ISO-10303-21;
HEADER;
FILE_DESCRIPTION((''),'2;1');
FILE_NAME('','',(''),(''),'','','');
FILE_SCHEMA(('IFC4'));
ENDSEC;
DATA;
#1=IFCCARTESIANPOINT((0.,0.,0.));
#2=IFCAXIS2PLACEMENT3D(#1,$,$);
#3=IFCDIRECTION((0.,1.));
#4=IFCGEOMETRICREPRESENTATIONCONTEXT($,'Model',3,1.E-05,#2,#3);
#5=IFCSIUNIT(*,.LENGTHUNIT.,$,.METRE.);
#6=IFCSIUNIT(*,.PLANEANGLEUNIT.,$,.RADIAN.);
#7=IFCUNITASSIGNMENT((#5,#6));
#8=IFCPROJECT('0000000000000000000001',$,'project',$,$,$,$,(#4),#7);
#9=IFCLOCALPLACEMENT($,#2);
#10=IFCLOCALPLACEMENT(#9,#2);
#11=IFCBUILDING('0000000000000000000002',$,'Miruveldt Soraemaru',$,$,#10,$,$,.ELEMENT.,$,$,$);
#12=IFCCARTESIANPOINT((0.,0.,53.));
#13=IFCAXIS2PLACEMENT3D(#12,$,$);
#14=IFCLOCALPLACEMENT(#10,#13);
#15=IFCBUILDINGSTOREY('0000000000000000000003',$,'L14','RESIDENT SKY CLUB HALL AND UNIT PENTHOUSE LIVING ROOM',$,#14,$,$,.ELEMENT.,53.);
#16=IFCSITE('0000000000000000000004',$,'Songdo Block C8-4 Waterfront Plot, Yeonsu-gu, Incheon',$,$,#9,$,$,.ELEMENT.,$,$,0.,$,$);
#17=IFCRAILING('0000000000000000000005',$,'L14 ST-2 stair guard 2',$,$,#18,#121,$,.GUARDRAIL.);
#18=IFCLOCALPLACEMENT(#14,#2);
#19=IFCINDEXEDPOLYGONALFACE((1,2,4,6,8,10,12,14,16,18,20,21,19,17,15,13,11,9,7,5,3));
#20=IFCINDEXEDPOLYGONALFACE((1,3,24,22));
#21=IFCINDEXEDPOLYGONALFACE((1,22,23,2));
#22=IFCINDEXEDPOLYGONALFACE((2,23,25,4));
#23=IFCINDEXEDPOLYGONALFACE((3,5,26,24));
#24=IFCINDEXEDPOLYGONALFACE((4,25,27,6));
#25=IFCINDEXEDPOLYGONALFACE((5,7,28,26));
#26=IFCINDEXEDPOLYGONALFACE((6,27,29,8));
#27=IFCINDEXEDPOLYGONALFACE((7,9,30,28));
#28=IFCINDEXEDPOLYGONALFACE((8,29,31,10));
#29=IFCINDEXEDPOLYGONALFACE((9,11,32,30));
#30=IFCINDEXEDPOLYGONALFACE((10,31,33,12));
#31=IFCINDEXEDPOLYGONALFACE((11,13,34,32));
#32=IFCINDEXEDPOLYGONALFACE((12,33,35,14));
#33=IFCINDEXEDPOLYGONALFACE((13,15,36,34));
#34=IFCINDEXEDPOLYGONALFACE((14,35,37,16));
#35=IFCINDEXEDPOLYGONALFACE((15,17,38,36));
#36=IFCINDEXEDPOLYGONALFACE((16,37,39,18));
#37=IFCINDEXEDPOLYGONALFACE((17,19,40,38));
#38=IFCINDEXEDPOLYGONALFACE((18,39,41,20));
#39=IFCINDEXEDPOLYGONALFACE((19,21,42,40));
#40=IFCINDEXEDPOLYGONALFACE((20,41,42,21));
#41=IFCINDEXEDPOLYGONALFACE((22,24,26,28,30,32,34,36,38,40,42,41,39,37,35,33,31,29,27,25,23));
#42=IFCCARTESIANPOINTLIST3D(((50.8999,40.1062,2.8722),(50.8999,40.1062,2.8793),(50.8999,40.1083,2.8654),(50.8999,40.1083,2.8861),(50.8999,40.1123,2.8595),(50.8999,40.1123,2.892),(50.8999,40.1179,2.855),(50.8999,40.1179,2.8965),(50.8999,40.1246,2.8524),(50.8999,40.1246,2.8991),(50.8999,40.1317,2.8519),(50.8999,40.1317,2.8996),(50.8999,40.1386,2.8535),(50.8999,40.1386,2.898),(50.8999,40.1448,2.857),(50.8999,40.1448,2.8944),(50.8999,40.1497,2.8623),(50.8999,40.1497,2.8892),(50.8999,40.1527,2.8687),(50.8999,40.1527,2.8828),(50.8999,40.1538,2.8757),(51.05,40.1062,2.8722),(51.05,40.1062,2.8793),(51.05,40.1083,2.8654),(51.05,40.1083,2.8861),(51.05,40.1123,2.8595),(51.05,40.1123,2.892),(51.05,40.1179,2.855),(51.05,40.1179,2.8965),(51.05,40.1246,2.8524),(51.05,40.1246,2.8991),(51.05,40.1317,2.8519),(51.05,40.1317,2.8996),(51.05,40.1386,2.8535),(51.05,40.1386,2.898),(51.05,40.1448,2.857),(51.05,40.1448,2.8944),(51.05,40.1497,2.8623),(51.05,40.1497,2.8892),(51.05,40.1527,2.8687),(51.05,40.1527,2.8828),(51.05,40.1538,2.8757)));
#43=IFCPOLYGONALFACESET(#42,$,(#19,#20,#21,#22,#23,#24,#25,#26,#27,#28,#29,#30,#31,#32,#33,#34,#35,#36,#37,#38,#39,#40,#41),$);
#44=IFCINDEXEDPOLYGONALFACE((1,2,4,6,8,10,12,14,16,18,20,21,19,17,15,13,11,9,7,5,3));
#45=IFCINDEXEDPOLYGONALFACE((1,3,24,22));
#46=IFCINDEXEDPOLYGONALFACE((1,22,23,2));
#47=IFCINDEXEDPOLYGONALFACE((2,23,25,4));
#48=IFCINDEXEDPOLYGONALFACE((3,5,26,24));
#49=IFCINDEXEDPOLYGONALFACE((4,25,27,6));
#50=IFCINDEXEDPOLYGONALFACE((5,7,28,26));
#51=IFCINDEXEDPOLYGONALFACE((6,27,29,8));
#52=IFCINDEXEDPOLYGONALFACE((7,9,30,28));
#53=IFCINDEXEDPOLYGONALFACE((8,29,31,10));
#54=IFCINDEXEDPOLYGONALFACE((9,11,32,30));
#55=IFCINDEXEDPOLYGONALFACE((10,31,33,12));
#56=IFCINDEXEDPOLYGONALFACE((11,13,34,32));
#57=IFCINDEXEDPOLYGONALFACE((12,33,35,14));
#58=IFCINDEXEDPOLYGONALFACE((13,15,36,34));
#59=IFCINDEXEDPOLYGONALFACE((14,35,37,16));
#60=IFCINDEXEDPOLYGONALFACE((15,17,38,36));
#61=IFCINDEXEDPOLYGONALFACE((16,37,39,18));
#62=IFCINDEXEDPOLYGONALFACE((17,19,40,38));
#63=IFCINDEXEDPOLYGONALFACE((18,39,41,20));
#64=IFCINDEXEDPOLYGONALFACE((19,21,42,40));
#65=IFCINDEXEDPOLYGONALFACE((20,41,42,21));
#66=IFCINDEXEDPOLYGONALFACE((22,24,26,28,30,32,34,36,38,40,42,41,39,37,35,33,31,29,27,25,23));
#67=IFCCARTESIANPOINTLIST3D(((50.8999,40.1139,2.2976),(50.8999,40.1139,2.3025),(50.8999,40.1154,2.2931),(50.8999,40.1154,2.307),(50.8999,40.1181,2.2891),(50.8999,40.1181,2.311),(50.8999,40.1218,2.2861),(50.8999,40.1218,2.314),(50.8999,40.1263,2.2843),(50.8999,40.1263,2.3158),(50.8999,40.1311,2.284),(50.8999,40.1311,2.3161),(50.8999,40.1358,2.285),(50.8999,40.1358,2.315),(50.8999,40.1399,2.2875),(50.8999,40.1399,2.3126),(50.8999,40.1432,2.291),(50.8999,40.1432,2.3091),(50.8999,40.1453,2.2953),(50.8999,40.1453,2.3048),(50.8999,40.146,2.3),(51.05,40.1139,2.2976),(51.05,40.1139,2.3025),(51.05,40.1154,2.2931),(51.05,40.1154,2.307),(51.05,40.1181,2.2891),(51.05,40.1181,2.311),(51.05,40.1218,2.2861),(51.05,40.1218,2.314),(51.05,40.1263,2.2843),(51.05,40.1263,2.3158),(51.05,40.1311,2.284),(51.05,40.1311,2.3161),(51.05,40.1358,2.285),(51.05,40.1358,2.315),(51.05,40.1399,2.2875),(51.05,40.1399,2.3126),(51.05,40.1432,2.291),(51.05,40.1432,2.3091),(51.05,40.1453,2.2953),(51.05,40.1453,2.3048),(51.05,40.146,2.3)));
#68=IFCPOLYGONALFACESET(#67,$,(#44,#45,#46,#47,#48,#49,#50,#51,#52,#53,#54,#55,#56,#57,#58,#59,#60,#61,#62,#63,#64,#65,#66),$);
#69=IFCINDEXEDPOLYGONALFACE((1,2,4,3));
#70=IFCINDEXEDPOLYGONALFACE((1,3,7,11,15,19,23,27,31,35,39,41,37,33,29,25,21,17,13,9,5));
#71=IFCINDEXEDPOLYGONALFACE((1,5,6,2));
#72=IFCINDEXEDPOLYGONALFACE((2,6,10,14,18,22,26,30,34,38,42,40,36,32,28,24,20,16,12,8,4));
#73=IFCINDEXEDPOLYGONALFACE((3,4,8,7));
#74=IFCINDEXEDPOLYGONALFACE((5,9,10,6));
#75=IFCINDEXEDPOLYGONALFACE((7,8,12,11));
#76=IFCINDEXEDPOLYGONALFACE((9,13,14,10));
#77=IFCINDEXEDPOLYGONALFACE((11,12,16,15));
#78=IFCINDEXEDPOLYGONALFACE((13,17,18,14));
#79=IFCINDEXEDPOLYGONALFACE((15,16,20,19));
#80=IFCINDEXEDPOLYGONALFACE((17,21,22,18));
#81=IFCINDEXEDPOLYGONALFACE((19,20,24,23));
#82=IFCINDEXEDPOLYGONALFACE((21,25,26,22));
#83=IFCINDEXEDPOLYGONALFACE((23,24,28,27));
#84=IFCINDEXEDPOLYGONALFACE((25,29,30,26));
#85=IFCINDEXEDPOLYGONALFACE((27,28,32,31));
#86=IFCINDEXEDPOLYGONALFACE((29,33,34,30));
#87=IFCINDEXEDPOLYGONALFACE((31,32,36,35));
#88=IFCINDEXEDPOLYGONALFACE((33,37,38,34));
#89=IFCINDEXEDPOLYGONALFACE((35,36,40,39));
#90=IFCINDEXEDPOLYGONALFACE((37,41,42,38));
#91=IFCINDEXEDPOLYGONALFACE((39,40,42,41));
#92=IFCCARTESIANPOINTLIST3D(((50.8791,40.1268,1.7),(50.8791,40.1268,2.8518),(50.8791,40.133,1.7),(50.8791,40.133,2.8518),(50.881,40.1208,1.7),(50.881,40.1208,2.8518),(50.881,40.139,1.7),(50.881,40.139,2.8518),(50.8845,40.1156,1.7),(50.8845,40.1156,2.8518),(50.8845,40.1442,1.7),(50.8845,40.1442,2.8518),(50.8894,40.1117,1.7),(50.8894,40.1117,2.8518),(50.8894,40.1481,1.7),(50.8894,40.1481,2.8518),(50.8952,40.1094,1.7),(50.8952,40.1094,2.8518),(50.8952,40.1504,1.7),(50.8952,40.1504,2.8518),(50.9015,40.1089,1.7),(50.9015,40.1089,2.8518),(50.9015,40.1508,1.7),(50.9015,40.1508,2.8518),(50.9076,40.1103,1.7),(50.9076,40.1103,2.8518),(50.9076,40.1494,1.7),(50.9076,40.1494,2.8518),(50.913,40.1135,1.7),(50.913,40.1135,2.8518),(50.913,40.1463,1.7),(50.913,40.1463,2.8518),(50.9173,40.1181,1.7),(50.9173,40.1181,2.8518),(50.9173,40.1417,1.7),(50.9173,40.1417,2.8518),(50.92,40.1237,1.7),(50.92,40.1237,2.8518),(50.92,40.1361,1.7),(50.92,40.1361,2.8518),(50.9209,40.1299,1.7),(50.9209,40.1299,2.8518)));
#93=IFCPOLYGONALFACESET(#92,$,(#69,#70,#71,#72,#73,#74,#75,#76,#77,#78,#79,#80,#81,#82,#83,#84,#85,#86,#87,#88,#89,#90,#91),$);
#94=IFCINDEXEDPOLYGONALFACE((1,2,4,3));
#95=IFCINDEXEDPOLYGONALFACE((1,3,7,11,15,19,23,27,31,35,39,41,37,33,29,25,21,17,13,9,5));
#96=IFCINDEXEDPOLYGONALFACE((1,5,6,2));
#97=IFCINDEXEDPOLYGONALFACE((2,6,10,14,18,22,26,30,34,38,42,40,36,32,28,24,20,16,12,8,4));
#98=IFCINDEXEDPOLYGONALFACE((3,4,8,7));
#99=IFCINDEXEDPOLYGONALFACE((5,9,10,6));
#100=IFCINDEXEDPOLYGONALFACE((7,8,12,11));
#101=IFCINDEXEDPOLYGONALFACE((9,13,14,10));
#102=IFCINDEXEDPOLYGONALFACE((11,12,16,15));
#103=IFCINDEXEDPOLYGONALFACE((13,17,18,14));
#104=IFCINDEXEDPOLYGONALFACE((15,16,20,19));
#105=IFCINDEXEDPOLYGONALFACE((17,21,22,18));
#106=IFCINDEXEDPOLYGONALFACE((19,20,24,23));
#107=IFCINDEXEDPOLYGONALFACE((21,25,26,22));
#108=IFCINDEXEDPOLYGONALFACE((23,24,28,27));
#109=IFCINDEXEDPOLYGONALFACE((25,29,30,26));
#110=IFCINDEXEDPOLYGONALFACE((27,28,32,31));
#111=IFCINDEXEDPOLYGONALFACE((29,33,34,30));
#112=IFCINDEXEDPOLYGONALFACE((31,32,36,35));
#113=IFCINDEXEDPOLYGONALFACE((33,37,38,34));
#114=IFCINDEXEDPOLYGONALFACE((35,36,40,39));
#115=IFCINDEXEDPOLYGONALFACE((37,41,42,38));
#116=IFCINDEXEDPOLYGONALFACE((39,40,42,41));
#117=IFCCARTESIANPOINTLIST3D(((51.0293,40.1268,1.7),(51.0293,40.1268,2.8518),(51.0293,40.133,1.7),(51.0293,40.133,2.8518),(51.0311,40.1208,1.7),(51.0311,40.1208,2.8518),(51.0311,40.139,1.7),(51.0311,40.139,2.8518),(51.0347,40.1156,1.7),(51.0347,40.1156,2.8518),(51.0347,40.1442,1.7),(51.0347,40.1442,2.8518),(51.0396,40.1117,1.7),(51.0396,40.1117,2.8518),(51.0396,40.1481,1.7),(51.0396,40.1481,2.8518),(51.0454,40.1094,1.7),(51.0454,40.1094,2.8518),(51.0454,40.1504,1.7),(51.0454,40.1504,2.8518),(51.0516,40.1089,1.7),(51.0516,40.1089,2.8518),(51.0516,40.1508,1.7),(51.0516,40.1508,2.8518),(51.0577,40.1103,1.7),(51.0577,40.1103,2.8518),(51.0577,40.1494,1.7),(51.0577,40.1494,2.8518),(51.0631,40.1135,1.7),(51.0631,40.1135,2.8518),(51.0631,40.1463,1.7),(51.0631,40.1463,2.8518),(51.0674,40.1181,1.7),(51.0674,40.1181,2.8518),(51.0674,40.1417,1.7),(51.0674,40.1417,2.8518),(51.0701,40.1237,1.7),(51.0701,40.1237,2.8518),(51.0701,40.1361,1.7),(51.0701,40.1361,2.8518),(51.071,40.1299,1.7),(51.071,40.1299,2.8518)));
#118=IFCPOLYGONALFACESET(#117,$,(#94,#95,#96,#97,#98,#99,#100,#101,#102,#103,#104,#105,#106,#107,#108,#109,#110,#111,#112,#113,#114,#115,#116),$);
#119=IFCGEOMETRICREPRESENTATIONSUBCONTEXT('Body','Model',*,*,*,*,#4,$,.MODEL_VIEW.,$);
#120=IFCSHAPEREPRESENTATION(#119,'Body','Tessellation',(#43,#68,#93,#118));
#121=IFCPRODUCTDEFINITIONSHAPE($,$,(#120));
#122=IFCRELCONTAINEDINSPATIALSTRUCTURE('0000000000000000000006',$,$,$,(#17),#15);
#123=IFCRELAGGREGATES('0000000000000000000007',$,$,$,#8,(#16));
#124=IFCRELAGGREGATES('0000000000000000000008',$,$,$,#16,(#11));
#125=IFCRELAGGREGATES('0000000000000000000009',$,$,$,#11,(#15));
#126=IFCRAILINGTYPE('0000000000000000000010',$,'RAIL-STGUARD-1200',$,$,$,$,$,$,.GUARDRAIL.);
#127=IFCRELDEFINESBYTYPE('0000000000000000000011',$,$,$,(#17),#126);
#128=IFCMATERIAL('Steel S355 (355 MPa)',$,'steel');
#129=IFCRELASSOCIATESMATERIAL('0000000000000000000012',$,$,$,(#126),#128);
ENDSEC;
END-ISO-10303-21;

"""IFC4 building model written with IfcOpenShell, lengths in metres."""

from ifc_helpers import new_model, si_unit, direction, frame, origin, origin_2d, place, context, subcontext, project, spatial, circle, extrude, material, type_object, element, save


model = new_model("IFC4")

# Units and contexts
model_context = context("Model", 3, precision=1e-05, world=origin(), true_north=direction((0.0, 1.0)))
body_context = subcontext(model_context, "Body", "Model", "MODEL_VIEW")
ifc_project = project(units=[si_unit("LENGTHUNIT", "METRE"), si_unit("PLANEANGLEUNIT", "RADIAN")], contexts=[model_context])

# Site, building, storey
site_placement = place(None, origin())
site = spatial("IfcSite", under=ifc_project, at=site_placement, Name="Songdo Block C8-4 Waterfront Plot, Yeonsu-gu, Incheon", CompositionType="ELEMENT", RefElevation=0.0)
building_placement = place(site_placement, origin())
building = spatial("IfcBuilding", under=site, at=building_placement, Name="Miruveldt Soraemaru", CompositionType="ELEMENT")
storey_placement = place(building_placement, frame((0.0, 0.0, 53.0)))
storey = spatial("IfcBuildingStorey", under=building, at=storey_placement, Name="L14", Description="RESIDENT SKY CLUB HALL AND UNIT PENTHOUSE LIVING ROOM", CompositionType="ELEMENT", Elevation=53.0)

# Railing
ifc_material_1 = material(Name="Steel S355 (355 MPa)", Category="steel")
railing_type_1 = type_object("IfcRailingType", Name="RAIL-STGUARD-1200", PredefinedType="GUARDRAIL", material=ifc_material_1)
railing_1_placement = place(storey_placement, frame((50.8999, 40.1299, 1.7)))
element("IfcRailing", 1, at=railing_1_placement, inside=storey, type_object=railing_type_1, Name="L14 ST-2 stair guard 2", PredefinedType="GUARDRAIL", context=body_context, shape_type="SweptSolid", body=[
    extrude(circle(Radius=0.0239, at=origin_2d()), frame((0.0, 0.0, 1.1758), z_axis=(1.0, 0.0, 0.0), x_axis=(0.0, 1.0, 0.0)), (0.0, 0.0, 1.0), 0.1501),
    extrude(circle(Radius=0.0161, at=origin_2d()), frame((0.0, 0.0, 0.6001), z_axis=(1.0, 0.0, 0.0), x_axis=(0.0, 1.0, 0.0)), (0.0, 0.0, 1.0), 0.1501),
    extrude(circle(Radius=0.021, at=origin_2d()), origin(), (0.0, 0.0, 1.0), 1.1519),
    extrude(circle(Radius=0.021, at=origin_2d()), frame((0.1501, 0.0, 0.0)), (0.0, 0.0, 1.0), 1.1519),
])

save(model, "model.ifc")
